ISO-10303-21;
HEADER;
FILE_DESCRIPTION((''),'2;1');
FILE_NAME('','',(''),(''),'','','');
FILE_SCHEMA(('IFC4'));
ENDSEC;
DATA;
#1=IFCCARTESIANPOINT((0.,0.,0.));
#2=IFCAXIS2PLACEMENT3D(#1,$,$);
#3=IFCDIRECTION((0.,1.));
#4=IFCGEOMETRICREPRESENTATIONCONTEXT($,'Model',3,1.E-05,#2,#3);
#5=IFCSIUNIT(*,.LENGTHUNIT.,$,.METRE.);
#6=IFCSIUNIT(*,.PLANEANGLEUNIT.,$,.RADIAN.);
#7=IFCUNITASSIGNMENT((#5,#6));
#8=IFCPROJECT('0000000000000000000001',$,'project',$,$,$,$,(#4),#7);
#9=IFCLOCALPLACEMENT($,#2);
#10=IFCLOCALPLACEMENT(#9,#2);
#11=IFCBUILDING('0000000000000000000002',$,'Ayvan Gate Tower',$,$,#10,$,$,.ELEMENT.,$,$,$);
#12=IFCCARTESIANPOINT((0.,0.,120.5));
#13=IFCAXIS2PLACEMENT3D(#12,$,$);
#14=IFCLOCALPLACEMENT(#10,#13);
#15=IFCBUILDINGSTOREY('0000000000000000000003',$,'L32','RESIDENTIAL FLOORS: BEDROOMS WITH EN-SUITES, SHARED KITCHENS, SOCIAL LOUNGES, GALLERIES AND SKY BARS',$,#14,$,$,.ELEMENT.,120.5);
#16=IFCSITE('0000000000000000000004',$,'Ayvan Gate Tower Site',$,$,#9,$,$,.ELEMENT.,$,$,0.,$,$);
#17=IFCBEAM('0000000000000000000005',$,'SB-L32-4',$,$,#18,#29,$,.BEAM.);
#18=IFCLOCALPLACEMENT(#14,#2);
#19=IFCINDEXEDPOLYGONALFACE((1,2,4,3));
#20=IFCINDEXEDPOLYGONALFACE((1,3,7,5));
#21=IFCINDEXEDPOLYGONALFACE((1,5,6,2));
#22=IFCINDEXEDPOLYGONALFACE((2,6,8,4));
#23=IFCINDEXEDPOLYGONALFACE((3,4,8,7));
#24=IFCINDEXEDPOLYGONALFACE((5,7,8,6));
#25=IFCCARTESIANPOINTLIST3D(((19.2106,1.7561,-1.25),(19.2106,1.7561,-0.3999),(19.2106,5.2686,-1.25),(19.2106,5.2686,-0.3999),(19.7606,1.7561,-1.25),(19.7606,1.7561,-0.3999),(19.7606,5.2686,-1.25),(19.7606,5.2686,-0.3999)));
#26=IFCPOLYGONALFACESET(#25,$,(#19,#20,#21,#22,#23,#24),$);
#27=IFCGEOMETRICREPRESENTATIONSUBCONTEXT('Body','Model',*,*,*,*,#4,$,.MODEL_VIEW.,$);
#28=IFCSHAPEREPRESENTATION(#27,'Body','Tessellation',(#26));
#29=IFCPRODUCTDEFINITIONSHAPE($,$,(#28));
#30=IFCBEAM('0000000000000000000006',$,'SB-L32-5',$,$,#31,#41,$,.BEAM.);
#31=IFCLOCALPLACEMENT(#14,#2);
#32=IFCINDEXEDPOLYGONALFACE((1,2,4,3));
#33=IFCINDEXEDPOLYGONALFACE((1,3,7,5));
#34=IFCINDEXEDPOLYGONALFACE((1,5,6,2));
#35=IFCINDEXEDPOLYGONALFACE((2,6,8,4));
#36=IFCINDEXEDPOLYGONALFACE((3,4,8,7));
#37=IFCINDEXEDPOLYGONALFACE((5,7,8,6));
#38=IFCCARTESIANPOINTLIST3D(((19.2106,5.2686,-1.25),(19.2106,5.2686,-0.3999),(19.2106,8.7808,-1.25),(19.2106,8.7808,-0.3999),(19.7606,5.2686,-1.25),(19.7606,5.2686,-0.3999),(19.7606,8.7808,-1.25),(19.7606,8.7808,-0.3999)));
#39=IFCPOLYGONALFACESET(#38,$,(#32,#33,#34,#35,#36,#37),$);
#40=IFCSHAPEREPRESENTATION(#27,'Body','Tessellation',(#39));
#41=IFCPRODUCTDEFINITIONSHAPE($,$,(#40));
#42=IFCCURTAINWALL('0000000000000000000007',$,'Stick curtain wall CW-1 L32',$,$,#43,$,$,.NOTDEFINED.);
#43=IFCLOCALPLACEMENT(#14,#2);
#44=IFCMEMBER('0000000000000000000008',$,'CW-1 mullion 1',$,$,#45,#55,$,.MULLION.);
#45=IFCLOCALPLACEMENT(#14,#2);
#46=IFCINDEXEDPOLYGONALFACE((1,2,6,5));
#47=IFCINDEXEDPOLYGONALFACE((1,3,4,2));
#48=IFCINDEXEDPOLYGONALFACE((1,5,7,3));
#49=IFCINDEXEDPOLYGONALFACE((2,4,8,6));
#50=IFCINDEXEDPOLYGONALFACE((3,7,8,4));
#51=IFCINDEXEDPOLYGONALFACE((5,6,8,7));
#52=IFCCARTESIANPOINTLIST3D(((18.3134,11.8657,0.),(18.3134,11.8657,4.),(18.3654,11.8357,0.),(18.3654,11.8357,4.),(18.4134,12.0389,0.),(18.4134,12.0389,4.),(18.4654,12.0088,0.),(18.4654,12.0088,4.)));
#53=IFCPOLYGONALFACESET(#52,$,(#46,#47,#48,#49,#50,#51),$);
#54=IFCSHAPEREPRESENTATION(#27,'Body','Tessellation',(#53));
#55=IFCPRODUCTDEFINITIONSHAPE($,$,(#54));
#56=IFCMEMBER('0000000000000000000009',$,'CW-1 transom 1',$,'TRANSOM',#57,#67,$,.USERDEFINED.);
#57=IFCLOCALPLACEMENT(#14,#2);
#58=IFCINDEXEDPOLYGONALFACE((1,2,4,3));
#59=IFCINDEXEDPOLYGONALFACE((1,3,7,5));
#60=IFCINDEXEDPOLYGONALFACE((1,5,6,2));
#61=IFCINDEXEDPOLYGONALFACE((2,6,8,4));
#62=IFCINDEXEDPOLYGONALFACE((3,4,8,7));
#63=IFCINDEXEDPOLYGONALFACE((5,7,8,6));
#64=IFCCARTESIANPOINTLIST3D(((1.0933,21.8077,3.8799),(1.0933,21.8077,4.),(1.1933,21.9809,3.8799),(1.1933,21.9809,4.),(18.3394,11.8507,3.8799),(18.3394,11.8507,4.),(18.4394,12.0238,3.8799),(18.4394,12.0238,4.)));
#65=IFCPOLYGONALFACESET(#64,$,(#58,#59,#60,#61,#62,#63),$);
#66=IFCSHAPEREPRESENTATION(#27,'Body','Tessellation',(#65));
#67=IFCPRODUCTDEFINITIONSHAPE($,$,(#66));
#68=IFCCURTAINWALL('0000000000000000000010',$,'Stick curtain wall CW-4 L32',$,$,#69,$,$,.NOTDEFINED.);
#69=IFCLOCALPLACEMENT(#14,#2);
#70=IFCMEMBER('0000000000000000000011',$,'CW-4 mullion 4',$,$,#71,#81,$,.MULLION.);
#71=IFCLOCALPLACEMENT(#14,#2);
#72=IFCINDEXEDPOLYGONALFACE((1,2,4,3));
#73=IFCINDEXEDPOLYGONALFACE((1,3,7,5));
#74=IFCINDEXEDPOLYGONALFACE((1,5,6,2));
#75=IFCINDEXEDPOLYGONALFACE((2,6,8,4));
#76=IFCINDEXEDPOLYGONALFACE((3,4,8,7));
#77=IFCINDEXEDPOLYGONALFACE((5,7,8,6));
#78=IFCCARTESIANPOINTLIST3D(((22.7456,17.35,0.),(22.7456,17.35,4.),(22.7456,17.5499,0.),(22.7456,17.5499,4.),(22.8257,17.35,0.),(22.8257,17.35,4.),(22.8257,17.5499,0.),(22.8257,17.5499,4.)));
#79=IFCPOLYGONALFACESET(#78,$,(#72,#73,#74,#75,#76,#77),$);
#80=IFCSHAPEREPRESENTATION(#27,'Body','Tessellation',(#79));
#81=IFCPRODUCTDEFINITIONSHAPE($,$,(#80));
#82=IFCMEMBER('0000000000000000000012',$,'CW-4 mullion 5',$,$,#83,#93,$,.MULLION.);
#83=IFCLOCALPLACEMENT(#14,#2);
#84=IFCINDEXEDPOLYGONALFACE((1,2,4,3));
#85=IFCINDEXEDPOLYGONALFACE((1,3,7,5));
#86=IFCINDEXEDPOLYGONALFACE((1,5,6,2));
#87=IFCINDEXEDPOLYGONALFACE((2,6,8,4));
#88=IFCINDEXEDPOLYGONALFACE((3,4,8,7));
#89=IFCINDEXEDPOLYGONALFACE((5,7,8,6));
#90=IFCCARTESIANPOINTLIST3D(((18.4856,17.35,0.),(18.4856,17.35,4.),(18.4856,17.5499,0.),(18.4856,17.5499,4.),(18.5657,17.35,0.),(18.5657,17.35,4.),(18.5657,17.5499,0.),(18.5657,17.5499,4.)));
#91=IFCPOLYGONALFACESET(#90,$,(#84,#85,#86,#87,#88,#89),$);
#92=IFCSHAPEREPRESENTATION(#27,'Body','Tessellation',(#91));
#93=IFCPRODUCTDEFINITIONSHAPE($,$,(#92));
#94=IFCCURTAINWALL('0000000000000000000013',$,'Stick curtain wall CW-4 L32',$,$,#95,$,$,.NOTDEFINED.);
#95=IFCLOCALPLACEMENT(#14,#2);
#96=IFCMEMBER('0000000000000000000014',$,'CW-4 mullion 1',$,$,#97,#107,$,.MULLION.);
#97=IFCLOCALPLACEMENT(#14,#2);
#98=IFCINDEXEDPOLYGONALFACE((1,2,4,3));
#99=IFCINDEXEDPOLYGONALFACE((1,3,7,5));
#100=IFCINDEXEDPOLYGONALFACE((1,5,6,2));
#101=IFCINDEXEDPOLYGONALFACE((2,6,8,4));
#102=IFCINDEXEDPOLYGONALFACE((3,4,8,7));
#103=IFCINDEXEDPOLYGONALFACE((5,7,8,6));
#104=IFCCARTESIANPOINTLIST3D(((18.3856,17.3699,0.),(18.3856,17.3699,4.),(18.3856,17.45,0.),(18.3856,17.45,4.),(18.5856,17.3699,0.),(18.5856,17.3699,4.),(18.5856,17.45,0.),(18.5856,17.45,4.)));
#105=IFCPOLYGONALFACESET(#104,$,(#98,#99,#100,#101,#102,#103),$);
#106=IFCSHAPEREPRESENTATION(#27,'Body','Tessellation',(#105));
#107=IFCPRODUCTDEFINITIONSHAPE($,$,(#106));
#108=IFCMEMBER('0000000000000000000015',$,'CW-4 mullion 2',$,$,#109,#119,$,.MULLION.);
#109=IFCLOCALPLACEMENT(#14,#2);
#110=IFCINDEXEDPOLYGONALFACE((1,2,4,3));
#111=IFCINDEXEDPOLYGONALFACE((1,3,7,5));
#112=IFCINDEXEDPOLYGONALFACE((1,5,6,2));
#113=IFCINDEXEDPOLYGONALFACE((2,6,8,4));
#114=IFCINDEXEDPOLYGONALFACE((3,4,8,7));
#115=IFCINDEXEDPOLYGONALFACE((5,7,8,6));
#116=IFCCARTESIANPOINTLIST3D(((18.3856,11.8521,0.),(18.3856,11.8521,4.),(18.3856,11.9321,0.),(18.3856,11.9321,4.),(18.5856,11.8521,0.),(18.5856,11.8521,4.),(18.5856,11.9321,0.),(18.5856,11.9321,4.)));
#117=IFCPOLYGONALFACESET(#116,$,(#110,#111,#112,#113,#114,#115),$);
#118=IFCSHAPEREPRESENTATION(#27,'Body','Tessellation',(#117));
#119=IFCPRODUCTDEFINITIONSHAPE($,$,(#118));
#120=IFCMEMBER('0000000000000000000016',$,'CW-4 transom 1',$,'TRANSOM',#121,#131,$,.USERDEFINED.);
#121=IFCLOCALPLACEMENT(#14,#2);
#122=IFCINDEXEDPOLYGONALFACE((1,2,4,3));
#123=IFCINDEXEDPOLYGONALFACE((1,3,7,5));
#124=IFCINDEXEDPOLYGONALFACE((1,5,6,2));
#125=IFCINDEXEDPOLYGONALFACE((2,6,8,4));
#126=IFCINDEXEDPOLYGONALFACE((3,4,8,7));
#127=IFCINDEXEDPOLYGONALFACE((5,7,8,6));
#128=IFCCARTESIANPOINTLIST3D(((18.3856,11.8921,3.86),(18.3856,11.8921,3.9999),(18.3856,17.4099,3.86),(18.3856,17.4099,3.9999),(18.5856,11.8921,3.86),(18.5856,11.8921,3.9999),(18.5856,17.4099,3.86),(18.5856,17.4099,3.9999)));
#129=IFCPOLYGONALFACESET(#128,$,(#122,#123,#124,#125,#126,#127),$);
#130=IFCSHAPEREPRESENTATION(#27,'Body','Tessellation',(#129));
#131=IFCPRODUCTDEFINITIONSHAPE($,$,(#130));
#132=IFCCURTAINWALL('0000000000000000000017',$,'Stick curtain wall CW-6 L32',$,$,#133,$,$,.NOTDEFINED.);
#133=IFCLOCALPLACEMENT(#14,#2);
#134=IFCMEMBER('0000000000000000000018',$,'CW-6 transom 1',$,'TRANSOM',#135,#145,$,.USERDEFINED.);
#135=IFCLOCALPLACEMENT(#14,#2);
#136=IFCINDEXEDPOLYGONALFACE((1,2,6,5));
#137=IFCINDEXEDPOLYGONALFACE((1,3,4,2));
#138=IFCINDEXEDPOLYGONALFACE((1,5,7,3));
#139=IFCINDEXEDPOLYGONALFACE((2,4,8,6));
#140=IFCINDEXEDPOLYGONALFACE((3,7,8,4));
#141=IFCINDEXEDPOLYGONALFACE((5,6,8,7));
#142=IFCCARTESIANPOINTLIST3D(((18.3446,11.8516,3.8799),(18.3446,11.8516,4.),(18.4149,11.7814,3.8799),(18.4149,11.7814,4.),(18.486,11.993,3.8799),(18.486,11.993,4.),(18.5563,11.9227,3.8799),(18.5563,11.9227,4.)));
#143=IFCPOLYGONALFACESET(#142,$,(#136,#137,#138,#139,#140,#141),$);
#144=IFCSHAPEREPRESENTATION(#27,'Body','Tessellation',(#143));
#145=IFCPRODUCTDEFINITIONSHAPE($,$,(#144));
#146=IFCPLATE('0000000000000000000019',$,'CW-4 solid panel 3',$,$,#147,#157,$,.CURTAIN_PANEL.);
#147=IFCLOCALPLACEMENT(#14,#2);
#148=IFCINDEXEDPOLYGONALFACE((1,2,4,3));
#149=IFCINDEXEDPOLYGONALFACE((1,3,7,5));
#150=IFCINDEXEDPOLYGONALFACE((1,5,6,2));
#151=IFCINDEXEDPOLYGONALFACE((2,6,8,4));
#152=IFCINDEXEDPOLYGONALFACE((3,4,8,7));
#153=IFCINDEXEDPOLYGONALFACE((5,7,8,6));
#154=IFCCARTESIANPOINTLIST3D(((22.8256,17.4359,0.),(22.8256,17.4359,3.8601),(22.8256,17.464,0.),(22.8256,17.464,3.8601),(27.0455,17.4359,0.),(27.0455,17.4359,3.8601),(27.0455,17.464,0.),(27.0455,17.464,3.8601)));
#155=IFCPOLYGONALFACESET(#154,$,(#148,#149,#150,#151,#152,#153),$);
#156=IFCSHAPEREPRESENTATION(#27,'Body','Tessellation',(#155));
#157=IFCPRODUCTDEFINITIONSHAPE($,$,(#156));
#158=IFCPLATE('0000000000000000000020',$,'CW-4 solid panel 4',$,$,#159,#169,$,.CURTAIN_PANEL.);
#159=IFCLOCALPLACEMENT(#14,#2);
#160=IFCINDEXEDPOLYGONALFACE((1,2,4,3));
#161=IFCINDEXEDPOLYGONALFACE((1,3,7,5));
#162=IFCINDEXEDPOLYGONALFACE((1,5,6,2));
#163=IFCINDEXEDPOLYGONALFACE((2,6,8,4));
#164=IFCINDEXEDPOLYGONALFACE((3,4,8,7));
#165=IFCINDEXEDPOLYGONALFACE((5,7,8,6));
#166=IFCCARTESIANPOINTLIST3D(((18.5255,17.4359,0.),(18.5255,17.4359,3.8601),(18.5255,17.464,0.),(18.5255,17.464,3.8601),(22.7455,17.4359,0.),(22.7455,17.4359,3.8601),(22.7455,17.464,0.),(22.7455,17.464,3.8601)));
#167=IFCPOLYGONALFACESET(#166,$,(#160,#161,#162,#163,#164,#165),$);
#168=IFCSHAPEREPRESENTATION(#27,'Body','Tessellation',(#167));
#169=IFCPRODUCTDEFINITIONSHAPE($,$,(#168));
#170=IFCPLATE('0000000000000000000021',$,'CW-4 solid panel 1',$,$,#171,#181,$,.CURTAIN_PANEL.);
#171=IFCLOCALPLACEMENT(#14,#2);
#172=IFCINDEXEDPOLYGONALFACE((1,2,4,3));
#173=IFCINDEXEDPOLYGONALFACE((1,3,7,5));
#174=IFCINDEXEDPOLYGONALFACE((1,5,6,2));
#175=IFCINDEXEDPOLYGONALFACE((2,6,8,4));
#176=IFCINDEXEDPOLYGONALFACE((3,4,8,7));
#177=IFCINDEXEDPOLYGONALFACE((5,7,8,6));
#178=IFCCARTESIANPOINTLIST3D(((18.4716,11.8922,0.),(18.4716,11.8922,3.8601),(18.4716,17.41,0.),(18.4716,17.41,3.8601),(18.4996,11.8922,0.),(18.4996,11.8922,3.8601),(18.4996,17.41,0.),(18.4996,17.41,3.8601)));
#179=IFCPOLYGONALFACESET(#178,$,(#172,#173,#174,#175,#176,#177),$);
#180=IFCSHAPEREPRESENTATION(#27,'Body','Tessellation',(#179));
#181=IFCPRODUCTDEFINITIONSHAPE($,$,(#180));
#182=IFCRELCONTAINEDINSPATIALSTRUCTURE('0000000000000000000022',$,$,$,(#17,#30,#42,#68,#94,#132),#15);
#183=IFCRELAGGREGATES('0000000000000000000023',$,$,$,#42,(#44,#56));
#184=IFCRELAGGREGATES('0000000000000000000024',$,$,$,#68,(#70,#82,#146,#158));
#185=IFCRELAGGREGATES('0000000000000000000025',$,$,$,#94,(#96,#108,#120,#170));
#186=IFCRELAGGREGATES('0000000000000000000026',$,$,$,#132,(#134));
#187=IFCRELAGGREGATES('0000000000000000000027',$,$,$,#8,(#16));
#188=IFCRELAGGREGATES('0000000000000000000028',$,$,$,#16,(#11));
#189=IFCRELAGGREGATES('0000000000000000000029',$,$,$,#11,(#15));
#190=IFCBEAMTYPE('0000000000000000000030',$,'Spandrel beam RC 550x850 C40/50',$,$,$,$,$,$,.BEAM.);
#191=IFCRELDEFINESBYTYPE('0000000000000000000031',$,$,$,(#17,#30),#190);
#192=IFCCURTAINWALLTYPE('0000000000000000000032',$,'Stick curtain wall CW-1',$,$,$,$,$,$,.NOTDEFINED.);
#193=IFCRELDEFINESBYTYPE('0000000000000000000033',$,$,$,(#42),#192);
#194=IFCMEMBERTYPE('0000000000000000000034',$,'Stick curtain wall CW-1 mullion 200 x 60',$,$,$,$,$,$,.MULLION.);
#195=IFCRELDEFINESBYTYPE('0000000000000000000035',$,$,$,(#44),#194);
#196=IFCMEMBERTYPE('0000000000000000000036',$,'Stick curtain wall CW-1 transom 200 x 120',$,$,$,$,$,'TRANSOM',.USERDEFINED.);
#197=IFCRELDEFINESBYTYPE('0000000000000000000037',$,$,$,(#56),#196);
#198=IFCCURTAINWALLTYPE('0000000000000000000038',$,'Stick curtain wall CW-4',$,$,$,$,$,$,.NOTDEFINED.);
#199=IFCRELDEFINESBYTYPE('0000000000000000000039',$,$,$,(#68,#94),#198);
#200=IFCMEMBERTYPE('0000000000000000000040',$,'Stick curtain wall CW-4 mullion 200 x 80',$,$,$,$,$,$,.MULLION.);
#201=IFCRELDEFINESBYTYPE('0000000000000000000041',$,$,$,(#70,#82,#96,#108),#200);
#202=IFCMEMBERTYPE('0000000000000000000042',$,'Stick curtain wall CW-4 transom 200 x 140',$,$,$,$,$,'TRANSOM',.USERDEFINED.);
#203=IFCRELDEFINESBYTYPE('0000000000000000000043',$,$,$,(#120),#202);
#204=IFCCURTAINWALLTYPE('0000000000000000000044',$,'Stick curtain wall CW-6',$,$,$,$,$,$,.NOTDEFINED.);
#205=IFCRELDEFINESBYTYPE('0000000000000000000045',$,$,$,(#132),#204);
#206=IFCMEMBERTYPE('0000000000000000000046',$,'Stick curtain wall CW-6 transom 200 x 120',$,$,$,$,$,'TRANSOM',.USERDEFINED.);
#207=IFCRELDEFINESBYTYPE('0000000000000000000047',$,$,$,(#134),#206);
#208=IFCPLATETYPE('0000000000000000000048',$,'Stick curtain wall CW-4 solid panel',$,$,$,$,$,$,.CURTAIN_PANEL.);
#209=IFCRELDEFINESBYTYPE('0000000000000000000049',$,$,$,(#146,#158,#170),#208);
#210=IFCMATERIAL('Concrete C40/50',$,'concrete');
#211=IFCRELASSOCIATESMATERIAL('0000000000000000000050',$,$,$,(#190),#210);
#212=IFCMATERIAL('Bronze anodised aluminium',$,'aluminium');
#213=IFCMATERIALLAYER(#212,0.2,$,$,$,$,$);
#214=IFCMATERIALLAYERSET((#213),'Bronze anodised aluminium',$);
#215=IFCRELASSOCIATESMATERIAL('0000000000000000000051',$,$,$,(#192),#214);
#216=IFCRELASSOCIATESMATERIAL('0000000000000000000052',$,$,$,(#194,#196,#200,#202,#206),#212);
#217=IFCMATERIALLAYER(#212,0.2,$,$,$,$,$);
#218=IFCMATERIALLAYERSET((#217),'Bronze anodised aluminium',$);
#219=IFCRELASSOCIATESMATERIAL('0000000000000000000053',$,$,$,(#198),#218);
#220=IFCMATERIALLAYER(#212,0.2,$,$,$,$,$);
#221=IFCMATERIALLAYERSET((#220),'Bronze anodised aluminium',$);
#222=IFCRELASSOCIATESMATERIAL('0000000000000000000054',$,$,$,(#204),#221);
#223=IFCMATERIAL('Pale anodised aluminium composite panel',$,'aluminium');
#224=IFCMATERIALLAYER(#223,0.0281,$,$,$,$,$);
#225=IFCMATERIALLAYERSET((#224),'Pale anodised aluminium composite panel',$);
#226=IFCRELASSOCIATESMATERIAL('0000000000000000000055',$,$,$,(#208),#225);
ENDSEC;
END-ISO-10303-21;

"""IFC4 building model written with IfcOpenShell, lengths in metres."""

from ifc_helpers import new_model, si_unit, direction, frame, origin, origin_2d, place, context, subcontext, project, spatial, rectangle, extrude, material, layer, layer_set, material_profile, profile_set, type_object, element, aggregate, save


model = new_model("IFC4")

# Units and contexts
model_context = context("Model", 3, precision=1e-05, world=origin(), true_north=direction((0.0, 1.0)))
body_context = subcontext(model_context, "Body", "Model", "MODEL_VIEW")
ifc_project = project(units=[si_unit("LENGTHUNIT", "METRE"), si_unit("PLANEANGLEUNIT", "RADIAN")], contexts=[model_context])

# Site, building, storey
site_placement = place(None, origin())
site = spatial("IfcSite", under=ifc_project, at=site_placement, Name="Ayvan Gate Tower Site", CompositionType="ELEMENT", RefElevation=0.0)
building_placement = place(site_placement, origin())
building = spatial("IfcBuilding", under=site, at=building_placement, Name="Ayvan Gate Tower", CompositionType="ELEMENT")
storey_placement = place(building_placement, frame((0.0, 0.0, 120.5)))
storey = spatial("IfcBuildingStorey", under=building, at=storey_placement, Name="L32", Description="RESIDENTIAL FLOORS: BEDROOMS WITH EN-SUITES, SHARED KITCHENS, SOCIAL LOUNGES, GALLERIES AND SKY BARS", CompositionType="ELEMENT", Elevation=120.5)

# Shared definitions
ifc_material_1 = material(Name="Concrete C40/50", Category="concrete")

# Beams
ifc_material_profile_1 = material_profile(ifc_material_1, rectangle(XDim=0.55, YDim=0.8501, at=origin_2d()), Name="RC 550x850")
ifc_profile_set_1 = profile_set([ifc_material_profile_1], Name="Concrete C40/50")
beam_type_1 = type_object("IfcBeamType", Name="Spandrel beam RC 550x850 C40/50", PredefinedType="BEAM", material=ifc_profile_set_1)
beam_1_placement = place(storey_placement, frame((19.4856, 1.7561, -0.825), z_axis=(0.0, 1.0, 0.0), x_axis=(-1.0, 0.0, 0.0)))
element("IfcBeam", 1, at=beam_1_placement, inside=storey, type_object=beam_type_1, Name="SB-L32-4", PredefinedType="BEAM", context=body_context, shape_type="SweptSolid", body=[
    extrude(rectangle(XDim=0.55, YDim=0.8501, at=origin_2d()), origin(), (0.0, 0.0, 1.0), 3.5125),
])
beam_2_placement = place(storey_placement, frame((19.4856, 5.2686, -0.825), z_axis=(0.0, 1.0, 0.0), x_axis=(-1.0, 0.0, 0.0)))
element("IfcBeam", 2, at=beam_2_placement, inside=storey, type_object=beam_type_1, Name="SB-L32-5", PredefinedType="BEAM", context=body_context, shape_type="SweptSolid", body=[
    extrude(rectangle(XDim=0.55, YDim=0.8501, at=origin_2d()), origin(), (0.0, 0.0, 1.0), 3.5122),
])

# Curtain walls, members
ifc_material_2 = material(Name="Bronze anodised aluminium", Category="aluminium")
ifc_layer_1 = layer(ifc_material_2, 0.2)
ifc_layer_set_1 = layer_set([ifc_layer_1], Name="Bronze anodised aluminium")
curtain_wall_type_1 = type_object("IfcCurtainWallType", Name="Stick curtain wall CW-1", PredefinedType="NOTDEFINED", material=ifc_layer_set_1)
curtain_wall_1_placement = place(storey_placement, origin())
curtain_wall_1 = element("IfcCurtainWall", 3, at=curtain_wall_1_placement, inside=storey, type_object=curtain_wall_type_1, Name="Stick curtain wall CW-1 L32", PredefinedType="NOTDEFINED")
ifc_material_profile_2 = material_profile(ifc_material_2, rectangle(XDim=0.2, YDim=0.0601, at=origin_2d()), Name="Stick curtain wall CW-1 mullion 200 x 60")
ifc_profile_set_2 = profile_set([ifc_material_profile_2], Name="Bronze anodised aluminium")
member_type_1 = type_object("IfcMemberType", Name="Stick curtain wall CW-1 mullion 200 x 60", PredefinedType="MULLION", material=ifc_profile_set_2)
member_1_placement = place(storey_placement, frame((18.3894, 11.9373, 0.0), z_axis=(0.0, 0.0, 1.0), x_axis=(0.5, 0.866025, 0.0)))
member_1 = element("IfcMember", 4, at=member_1_placement, type_object=member_type_1, Name="CW-1 mullion 1", PredefinedType="MULLION", context=body_context, shape_type="SweptSolid", body=[
    extrude(rectangle(XDim=0.2, YDim=0.0601, at=origin_2d()), origin(), (0.0, 0.0, 1.0), 4.0),
])
ifc_material_profile_3 = material_profile(ifc_material_2, rectangle(XDim=0.2, YDim=0.1201, at=origin_2d()), Name="Stick curtain wall CW-1 transom 200 x 120")
ifc_profile_set_3 = profile_set([ifc_material_profile_3], Name="Bronze anodised aluminium")
member_type_2 = type_object("IfcMemberType", Name="Stick curtain wall CW-1 transom 200 x 120", ElementType="TRANSOM", PredefinedType="USERDEFINED", material=ifc_profile_set_3)
member_2_placement = place(storey_placement, frame((18.3894, 11.9373, 3.9399), z_axis=(-0.866026, 0.5, 0.0), x_axis=(-0.5, -0.866026, 0.0)))
member_2 = element("IfcMember", 5, at=member_2_placement, type_object=member_type_2, Name="CW-1 transom 1", ObjectType="TRANSOM", PredefinedType="USERDEFINED", context=body_context, shape_type="SweptSolid", body=[
    extrude(rectangle(XDim=0.2, YDim=0.1201, at=origin_2d()), origin(), (0.0, 0.0, 1.0), 19.9141),
])
aggregate(curtain_wall_1, [member_1, member_2])
ifc_layer_2 = layer(ifc_material_2, 0.2)
ifc_layer_set_2 = layer_set([ifc_layer_2], Name="Bronze anodised aluminium")
curtain_wall_type_2 = type_object("IfcCurtainWallType", Name="Stick curtain wall CW-4", PredefinedType="NOTDEFINED", material=ifc_layer_set_2)
curtain_wall_2_placement = place(storey_placement, origin())
curtain_wall_2 = element("IfcCurtainWall", 6, at=curtain_wall_2_placement, inside=storey, type_object=curtain_wall_type_2, Name="Stick curtain wall CW-4 L32", PredefinedType="NOTDEFINED")
ifc_material_profile_4 = material_profile(ifc_material_2, rectangle(XDim=0.2, YDim=0.0801, at=origin_2d()), Name="Stick curtain wall CW-4 mullion 200 x 80")
ifc_profile_set_4 = profile_set([ifc_material_profile_4], Name="Bronze anodised aluminium")
member_type_3 = type_object("IfcMemberType", Name="Stick curtain wall CW-4 mullion 200 x 80", PredefinedType="MULLION", material=ifc_profile_set_4)
member_3_placement = place(storey_placement, frame((22.7856, 17.45, 0.0), z_axis=(0.0, 0.0, 1.0), x_axis=(0.0, 1.0, 0.0)))
member_3 = element("IfcMember", 7, at=member_3_placement, type_object=member_type_3, Name="CW-4 mullion 4", PredefinedType="MULLION", context=body_context, shape_type="SweptSolid", body=[
    extrude(rectangle(XDim=0.2, YDim=0.0801, at=origin_2d()), origin(), (0.0, 0.0, 1.0), 4.0),
])
member_4_placement = place(storey_placement, frame((18.5256, 17.45, 0.0), z_axis=(0.0, 0.0, 1.0), x_axis=(0.0, 1.0, 0.0)))
member_4 = element("IfcMember", 8, at=member_4_placement, type_object=member_type_3, Name="CW-4 mullion 5", PredefinedType="MULLION", context=body_context, shape_type="SweptSolid", body=[
    extrude(rectangle(XDim=0.2, YDim=0.0801, at=origin_2d()), origin(), (0.0, 0.0, 1.0), 4.0),
])
curtain_wall_3_placement = place(storey_placement, origin())
curtain_wall_3 = element("IfcCurtainWall", 9, at=curtain_wall_3_placement, inside=storey, type_object=curtain_wall_type_2, Name="Stick curtain wall CW-4 L32", PredefinedType="NOTDEFINED")
member_5_placement = place(storey_placement, frame((18.4856, 17.4099, 0.0), z_axis=(0.0, 0.0, 1.0), x_axis=(-1.0, 0.0, 0.0)))
member_5 = element("IfcMember", 10, at=member_5_placement, type_object=member_type_3, Name="CW-4 mullion 1", PredefinedType="MULLION", context=body_context, shape_type="SweptSolid", body=[
    extrude(rectangle(XDim=0.2, YDim=0.0801, at=origin_2d()), origin(), (0.0, 0.0, 1.0), 4.0),
])
member_6_placement = place(storey_placement, frame((18.4856, 11.8921, 0.0), z_axis=(0.0, 0.0, 1.0), x_axis=(-1.0, 0.0, 0.0)))
member_6 = element("IfcMember", 11, at=member_6_placement, type_object=member_type_3, Name="CW-4 mullion 2", PredefinedType="MULLION", context=body_context, shape_type="SweptSolid", body=[
    extrude(rectangle(XDim=0.2, YDim=0.0801, at=origin_2d()), origin(), (0.0, 0.0, 1.0), 4.0),
])
ifc_material_profile_5 = material_profile(ifc_material_2, rectangle(XDim=0.2, YDim=0.1399, at=origin_2d()), Name="Stick curtain wall CW-4 transom 200 x 140")
ifc_profile_set_5 = profile_set([ifc_material_profile_5], Name="Bronze anodised aluminium")
member_type_4 = type_object("IfcMemberType", Name="Stick curtain wall CW-4 transom 200 x 140", ElementType="TRANSOM", PredefinedType="USERDEFINED", material=ifc_profile_set_5)
member_7_placement = place(storey_placement, frame((18.4856, 17.4099, 3.9299), z_axis=(0.0, -1.0, 0.0), x_axis=(1.0, 0.0, 0.0)))
member_7 = element("IfcMember", 12, at=member_7_placement, type_object=member_type_4, Name="CW-4 transom 1", ObjectType="TRANSOM", PredefinedType="USERDEFINED", context=body_context, shape_type="SweptSolid", body=[
    extrude(rectangle(XDim=0.2, YDim=0.1399, at=origin_2d()), origin(), (0.0, 0.0, 1.0), 5.5178),
])

# Curtain wall, member
ifc_layer_3 = layer(ifc_material_2, 0.2)
ifc_layer_set_3 = layer_set([ifc_layer_3], Name="Bronze anodised aluminium")
curtain_wall_type_3 = type_object("IfcCurtainWallType", Name="Stick curtain wall CW-6", PredefinedType="NOTDEFINED", material=ifc_layer_set_3)
curtain_wall_4_placement = place(storey_placement, origin())
curtain_wall_4 = element("IfcCurtainWall", 13, at=curtain_wall_4_placement, inside=storey, type_object=curtain_wall_type_3, Name="Stick curtain wall CW-6 L32", PredefinedType="NOTDEFINED")
ifc_material_profile_6 = material_profile(ifc_material_2, rectangle(XDim=0.2, YDim=0.1201, at=origin_2d()), Name="Stick curtain wall CW-6 transom 200 x 120")
ifc_profile_set_6 = profile_set([ifc_material_profile_6], Name="Bronze anodised aluminium")
member_type_5 = type_object("IfcMemberType", Name="Stick curtain wall CW-6 transom 200 x 120", ElementType="TRANSOM", PredefinedType="USERDEFINED", material=ifc_profile_set_6)
member_8_placement = place(storey_placement, frame((18.4856, 11.8521, 3.9399), z_axis=(-0.707107, 0.707107, 0.0), x_axis=(-0.707107, -0.707107, 0.0)))
member_8 = element("IfcMember", 14, at=member_8_placement, type_object=member_type_5, Name="CW-6 transom 1", ObjectType="TRANSOM", PredefinedType="USERDEFINED", context=body_context, shape_type="SweptSolid", body=[
    extrude(rectangle(XDim=0.2, YDim=0.1201, at=origin_2d()), origin(), (0.0, 0.0, 1.0), 0.0994),
])

# Plates
ifc_material_3 = material(Name="Pale anodised aluminium composite panel", Category="aluminium")
ifc_layer_4 = layer(ifc_material_3, 0.0281)
ifc_layer_set_4 = layer_set([ifc_layer_4], Name="Pale anodised aluminium composite panel")
plate_type_1 = type_object("IfcPlateType", Name="Stick curtain wall CW-4 solid panel", PredefinedType="CURTAIN_PANEL", material=ifc_layer_set_4)
plate_1_placement = place(storey_placement, frame((24.9355, 17.45, 0.0), z_axis=(0.0, 0.0, 1.0), x_axis=(-1.0, 0.0, 0.0)))
plate_1 = element("IfcPlate", 15, at=plate_1_placement, type_object=plate_type_1, Name="CW-4 solid panel 3", PredefinedType="CURTAIN_PANEL", context=body_context, shape_type="SweptSolid", body=[
    extrude(rectangle(XDim=4.22, YDim=0.0281, at=origin_2d()), origin(), (0.0, 0.0, 1.0), 3.8601),
])
plate_2_placement = place(storey_placement, frame((20.6355, 17.45, 0.0), z_axis=(0.0, 0.0, 1.0), x_axis=(-1.0, 0.0, 0.0)))
plate_2 = element("IfcPlate", 16, at=plate_2_placement, type_object=plate_type_1, Name="CW-4 solid panel 4", PredefinedType="CURTAIN_PANEL", context=body_context, shape_type="SweptSolid", body=[
    extrude(rectangle(XDim=4.22, YDim=0.0281, at=origin_2d()), origin(), (0.0, 0.0, 1.0), 3.8601),
])
aggregate(curtain_wall_2, [member_3, member_4, plate_1, plate_2])
plate_3_placement = place(storey_placement, frame((18.4856, 14.6511, 0.0), z_axis=(0.0, 0.0, 1.0), x_axis=(0.0, -1.0, 0.0)))
plate_3 = element("IfcPlate", 17, at=plate_3_placement, type_object=plate_type_1, Name="CW-4 solid panel 1", PredefinedType="CURTAIN_PANEL", context=body_context, shape_type="SweptSolid", body=[
    extrude(rectangle(XDim=5.5178, YDim=0.0281, at=origin_2d()), origin(), (0.0, 0.0, 1.0), 3.8601),
])
aggregate(curtain_wall_3, [member_5, member_6, member_7, plate_3])
aggregate(curtain_wall_4, [member_8])

save(model, "model.ifc")
